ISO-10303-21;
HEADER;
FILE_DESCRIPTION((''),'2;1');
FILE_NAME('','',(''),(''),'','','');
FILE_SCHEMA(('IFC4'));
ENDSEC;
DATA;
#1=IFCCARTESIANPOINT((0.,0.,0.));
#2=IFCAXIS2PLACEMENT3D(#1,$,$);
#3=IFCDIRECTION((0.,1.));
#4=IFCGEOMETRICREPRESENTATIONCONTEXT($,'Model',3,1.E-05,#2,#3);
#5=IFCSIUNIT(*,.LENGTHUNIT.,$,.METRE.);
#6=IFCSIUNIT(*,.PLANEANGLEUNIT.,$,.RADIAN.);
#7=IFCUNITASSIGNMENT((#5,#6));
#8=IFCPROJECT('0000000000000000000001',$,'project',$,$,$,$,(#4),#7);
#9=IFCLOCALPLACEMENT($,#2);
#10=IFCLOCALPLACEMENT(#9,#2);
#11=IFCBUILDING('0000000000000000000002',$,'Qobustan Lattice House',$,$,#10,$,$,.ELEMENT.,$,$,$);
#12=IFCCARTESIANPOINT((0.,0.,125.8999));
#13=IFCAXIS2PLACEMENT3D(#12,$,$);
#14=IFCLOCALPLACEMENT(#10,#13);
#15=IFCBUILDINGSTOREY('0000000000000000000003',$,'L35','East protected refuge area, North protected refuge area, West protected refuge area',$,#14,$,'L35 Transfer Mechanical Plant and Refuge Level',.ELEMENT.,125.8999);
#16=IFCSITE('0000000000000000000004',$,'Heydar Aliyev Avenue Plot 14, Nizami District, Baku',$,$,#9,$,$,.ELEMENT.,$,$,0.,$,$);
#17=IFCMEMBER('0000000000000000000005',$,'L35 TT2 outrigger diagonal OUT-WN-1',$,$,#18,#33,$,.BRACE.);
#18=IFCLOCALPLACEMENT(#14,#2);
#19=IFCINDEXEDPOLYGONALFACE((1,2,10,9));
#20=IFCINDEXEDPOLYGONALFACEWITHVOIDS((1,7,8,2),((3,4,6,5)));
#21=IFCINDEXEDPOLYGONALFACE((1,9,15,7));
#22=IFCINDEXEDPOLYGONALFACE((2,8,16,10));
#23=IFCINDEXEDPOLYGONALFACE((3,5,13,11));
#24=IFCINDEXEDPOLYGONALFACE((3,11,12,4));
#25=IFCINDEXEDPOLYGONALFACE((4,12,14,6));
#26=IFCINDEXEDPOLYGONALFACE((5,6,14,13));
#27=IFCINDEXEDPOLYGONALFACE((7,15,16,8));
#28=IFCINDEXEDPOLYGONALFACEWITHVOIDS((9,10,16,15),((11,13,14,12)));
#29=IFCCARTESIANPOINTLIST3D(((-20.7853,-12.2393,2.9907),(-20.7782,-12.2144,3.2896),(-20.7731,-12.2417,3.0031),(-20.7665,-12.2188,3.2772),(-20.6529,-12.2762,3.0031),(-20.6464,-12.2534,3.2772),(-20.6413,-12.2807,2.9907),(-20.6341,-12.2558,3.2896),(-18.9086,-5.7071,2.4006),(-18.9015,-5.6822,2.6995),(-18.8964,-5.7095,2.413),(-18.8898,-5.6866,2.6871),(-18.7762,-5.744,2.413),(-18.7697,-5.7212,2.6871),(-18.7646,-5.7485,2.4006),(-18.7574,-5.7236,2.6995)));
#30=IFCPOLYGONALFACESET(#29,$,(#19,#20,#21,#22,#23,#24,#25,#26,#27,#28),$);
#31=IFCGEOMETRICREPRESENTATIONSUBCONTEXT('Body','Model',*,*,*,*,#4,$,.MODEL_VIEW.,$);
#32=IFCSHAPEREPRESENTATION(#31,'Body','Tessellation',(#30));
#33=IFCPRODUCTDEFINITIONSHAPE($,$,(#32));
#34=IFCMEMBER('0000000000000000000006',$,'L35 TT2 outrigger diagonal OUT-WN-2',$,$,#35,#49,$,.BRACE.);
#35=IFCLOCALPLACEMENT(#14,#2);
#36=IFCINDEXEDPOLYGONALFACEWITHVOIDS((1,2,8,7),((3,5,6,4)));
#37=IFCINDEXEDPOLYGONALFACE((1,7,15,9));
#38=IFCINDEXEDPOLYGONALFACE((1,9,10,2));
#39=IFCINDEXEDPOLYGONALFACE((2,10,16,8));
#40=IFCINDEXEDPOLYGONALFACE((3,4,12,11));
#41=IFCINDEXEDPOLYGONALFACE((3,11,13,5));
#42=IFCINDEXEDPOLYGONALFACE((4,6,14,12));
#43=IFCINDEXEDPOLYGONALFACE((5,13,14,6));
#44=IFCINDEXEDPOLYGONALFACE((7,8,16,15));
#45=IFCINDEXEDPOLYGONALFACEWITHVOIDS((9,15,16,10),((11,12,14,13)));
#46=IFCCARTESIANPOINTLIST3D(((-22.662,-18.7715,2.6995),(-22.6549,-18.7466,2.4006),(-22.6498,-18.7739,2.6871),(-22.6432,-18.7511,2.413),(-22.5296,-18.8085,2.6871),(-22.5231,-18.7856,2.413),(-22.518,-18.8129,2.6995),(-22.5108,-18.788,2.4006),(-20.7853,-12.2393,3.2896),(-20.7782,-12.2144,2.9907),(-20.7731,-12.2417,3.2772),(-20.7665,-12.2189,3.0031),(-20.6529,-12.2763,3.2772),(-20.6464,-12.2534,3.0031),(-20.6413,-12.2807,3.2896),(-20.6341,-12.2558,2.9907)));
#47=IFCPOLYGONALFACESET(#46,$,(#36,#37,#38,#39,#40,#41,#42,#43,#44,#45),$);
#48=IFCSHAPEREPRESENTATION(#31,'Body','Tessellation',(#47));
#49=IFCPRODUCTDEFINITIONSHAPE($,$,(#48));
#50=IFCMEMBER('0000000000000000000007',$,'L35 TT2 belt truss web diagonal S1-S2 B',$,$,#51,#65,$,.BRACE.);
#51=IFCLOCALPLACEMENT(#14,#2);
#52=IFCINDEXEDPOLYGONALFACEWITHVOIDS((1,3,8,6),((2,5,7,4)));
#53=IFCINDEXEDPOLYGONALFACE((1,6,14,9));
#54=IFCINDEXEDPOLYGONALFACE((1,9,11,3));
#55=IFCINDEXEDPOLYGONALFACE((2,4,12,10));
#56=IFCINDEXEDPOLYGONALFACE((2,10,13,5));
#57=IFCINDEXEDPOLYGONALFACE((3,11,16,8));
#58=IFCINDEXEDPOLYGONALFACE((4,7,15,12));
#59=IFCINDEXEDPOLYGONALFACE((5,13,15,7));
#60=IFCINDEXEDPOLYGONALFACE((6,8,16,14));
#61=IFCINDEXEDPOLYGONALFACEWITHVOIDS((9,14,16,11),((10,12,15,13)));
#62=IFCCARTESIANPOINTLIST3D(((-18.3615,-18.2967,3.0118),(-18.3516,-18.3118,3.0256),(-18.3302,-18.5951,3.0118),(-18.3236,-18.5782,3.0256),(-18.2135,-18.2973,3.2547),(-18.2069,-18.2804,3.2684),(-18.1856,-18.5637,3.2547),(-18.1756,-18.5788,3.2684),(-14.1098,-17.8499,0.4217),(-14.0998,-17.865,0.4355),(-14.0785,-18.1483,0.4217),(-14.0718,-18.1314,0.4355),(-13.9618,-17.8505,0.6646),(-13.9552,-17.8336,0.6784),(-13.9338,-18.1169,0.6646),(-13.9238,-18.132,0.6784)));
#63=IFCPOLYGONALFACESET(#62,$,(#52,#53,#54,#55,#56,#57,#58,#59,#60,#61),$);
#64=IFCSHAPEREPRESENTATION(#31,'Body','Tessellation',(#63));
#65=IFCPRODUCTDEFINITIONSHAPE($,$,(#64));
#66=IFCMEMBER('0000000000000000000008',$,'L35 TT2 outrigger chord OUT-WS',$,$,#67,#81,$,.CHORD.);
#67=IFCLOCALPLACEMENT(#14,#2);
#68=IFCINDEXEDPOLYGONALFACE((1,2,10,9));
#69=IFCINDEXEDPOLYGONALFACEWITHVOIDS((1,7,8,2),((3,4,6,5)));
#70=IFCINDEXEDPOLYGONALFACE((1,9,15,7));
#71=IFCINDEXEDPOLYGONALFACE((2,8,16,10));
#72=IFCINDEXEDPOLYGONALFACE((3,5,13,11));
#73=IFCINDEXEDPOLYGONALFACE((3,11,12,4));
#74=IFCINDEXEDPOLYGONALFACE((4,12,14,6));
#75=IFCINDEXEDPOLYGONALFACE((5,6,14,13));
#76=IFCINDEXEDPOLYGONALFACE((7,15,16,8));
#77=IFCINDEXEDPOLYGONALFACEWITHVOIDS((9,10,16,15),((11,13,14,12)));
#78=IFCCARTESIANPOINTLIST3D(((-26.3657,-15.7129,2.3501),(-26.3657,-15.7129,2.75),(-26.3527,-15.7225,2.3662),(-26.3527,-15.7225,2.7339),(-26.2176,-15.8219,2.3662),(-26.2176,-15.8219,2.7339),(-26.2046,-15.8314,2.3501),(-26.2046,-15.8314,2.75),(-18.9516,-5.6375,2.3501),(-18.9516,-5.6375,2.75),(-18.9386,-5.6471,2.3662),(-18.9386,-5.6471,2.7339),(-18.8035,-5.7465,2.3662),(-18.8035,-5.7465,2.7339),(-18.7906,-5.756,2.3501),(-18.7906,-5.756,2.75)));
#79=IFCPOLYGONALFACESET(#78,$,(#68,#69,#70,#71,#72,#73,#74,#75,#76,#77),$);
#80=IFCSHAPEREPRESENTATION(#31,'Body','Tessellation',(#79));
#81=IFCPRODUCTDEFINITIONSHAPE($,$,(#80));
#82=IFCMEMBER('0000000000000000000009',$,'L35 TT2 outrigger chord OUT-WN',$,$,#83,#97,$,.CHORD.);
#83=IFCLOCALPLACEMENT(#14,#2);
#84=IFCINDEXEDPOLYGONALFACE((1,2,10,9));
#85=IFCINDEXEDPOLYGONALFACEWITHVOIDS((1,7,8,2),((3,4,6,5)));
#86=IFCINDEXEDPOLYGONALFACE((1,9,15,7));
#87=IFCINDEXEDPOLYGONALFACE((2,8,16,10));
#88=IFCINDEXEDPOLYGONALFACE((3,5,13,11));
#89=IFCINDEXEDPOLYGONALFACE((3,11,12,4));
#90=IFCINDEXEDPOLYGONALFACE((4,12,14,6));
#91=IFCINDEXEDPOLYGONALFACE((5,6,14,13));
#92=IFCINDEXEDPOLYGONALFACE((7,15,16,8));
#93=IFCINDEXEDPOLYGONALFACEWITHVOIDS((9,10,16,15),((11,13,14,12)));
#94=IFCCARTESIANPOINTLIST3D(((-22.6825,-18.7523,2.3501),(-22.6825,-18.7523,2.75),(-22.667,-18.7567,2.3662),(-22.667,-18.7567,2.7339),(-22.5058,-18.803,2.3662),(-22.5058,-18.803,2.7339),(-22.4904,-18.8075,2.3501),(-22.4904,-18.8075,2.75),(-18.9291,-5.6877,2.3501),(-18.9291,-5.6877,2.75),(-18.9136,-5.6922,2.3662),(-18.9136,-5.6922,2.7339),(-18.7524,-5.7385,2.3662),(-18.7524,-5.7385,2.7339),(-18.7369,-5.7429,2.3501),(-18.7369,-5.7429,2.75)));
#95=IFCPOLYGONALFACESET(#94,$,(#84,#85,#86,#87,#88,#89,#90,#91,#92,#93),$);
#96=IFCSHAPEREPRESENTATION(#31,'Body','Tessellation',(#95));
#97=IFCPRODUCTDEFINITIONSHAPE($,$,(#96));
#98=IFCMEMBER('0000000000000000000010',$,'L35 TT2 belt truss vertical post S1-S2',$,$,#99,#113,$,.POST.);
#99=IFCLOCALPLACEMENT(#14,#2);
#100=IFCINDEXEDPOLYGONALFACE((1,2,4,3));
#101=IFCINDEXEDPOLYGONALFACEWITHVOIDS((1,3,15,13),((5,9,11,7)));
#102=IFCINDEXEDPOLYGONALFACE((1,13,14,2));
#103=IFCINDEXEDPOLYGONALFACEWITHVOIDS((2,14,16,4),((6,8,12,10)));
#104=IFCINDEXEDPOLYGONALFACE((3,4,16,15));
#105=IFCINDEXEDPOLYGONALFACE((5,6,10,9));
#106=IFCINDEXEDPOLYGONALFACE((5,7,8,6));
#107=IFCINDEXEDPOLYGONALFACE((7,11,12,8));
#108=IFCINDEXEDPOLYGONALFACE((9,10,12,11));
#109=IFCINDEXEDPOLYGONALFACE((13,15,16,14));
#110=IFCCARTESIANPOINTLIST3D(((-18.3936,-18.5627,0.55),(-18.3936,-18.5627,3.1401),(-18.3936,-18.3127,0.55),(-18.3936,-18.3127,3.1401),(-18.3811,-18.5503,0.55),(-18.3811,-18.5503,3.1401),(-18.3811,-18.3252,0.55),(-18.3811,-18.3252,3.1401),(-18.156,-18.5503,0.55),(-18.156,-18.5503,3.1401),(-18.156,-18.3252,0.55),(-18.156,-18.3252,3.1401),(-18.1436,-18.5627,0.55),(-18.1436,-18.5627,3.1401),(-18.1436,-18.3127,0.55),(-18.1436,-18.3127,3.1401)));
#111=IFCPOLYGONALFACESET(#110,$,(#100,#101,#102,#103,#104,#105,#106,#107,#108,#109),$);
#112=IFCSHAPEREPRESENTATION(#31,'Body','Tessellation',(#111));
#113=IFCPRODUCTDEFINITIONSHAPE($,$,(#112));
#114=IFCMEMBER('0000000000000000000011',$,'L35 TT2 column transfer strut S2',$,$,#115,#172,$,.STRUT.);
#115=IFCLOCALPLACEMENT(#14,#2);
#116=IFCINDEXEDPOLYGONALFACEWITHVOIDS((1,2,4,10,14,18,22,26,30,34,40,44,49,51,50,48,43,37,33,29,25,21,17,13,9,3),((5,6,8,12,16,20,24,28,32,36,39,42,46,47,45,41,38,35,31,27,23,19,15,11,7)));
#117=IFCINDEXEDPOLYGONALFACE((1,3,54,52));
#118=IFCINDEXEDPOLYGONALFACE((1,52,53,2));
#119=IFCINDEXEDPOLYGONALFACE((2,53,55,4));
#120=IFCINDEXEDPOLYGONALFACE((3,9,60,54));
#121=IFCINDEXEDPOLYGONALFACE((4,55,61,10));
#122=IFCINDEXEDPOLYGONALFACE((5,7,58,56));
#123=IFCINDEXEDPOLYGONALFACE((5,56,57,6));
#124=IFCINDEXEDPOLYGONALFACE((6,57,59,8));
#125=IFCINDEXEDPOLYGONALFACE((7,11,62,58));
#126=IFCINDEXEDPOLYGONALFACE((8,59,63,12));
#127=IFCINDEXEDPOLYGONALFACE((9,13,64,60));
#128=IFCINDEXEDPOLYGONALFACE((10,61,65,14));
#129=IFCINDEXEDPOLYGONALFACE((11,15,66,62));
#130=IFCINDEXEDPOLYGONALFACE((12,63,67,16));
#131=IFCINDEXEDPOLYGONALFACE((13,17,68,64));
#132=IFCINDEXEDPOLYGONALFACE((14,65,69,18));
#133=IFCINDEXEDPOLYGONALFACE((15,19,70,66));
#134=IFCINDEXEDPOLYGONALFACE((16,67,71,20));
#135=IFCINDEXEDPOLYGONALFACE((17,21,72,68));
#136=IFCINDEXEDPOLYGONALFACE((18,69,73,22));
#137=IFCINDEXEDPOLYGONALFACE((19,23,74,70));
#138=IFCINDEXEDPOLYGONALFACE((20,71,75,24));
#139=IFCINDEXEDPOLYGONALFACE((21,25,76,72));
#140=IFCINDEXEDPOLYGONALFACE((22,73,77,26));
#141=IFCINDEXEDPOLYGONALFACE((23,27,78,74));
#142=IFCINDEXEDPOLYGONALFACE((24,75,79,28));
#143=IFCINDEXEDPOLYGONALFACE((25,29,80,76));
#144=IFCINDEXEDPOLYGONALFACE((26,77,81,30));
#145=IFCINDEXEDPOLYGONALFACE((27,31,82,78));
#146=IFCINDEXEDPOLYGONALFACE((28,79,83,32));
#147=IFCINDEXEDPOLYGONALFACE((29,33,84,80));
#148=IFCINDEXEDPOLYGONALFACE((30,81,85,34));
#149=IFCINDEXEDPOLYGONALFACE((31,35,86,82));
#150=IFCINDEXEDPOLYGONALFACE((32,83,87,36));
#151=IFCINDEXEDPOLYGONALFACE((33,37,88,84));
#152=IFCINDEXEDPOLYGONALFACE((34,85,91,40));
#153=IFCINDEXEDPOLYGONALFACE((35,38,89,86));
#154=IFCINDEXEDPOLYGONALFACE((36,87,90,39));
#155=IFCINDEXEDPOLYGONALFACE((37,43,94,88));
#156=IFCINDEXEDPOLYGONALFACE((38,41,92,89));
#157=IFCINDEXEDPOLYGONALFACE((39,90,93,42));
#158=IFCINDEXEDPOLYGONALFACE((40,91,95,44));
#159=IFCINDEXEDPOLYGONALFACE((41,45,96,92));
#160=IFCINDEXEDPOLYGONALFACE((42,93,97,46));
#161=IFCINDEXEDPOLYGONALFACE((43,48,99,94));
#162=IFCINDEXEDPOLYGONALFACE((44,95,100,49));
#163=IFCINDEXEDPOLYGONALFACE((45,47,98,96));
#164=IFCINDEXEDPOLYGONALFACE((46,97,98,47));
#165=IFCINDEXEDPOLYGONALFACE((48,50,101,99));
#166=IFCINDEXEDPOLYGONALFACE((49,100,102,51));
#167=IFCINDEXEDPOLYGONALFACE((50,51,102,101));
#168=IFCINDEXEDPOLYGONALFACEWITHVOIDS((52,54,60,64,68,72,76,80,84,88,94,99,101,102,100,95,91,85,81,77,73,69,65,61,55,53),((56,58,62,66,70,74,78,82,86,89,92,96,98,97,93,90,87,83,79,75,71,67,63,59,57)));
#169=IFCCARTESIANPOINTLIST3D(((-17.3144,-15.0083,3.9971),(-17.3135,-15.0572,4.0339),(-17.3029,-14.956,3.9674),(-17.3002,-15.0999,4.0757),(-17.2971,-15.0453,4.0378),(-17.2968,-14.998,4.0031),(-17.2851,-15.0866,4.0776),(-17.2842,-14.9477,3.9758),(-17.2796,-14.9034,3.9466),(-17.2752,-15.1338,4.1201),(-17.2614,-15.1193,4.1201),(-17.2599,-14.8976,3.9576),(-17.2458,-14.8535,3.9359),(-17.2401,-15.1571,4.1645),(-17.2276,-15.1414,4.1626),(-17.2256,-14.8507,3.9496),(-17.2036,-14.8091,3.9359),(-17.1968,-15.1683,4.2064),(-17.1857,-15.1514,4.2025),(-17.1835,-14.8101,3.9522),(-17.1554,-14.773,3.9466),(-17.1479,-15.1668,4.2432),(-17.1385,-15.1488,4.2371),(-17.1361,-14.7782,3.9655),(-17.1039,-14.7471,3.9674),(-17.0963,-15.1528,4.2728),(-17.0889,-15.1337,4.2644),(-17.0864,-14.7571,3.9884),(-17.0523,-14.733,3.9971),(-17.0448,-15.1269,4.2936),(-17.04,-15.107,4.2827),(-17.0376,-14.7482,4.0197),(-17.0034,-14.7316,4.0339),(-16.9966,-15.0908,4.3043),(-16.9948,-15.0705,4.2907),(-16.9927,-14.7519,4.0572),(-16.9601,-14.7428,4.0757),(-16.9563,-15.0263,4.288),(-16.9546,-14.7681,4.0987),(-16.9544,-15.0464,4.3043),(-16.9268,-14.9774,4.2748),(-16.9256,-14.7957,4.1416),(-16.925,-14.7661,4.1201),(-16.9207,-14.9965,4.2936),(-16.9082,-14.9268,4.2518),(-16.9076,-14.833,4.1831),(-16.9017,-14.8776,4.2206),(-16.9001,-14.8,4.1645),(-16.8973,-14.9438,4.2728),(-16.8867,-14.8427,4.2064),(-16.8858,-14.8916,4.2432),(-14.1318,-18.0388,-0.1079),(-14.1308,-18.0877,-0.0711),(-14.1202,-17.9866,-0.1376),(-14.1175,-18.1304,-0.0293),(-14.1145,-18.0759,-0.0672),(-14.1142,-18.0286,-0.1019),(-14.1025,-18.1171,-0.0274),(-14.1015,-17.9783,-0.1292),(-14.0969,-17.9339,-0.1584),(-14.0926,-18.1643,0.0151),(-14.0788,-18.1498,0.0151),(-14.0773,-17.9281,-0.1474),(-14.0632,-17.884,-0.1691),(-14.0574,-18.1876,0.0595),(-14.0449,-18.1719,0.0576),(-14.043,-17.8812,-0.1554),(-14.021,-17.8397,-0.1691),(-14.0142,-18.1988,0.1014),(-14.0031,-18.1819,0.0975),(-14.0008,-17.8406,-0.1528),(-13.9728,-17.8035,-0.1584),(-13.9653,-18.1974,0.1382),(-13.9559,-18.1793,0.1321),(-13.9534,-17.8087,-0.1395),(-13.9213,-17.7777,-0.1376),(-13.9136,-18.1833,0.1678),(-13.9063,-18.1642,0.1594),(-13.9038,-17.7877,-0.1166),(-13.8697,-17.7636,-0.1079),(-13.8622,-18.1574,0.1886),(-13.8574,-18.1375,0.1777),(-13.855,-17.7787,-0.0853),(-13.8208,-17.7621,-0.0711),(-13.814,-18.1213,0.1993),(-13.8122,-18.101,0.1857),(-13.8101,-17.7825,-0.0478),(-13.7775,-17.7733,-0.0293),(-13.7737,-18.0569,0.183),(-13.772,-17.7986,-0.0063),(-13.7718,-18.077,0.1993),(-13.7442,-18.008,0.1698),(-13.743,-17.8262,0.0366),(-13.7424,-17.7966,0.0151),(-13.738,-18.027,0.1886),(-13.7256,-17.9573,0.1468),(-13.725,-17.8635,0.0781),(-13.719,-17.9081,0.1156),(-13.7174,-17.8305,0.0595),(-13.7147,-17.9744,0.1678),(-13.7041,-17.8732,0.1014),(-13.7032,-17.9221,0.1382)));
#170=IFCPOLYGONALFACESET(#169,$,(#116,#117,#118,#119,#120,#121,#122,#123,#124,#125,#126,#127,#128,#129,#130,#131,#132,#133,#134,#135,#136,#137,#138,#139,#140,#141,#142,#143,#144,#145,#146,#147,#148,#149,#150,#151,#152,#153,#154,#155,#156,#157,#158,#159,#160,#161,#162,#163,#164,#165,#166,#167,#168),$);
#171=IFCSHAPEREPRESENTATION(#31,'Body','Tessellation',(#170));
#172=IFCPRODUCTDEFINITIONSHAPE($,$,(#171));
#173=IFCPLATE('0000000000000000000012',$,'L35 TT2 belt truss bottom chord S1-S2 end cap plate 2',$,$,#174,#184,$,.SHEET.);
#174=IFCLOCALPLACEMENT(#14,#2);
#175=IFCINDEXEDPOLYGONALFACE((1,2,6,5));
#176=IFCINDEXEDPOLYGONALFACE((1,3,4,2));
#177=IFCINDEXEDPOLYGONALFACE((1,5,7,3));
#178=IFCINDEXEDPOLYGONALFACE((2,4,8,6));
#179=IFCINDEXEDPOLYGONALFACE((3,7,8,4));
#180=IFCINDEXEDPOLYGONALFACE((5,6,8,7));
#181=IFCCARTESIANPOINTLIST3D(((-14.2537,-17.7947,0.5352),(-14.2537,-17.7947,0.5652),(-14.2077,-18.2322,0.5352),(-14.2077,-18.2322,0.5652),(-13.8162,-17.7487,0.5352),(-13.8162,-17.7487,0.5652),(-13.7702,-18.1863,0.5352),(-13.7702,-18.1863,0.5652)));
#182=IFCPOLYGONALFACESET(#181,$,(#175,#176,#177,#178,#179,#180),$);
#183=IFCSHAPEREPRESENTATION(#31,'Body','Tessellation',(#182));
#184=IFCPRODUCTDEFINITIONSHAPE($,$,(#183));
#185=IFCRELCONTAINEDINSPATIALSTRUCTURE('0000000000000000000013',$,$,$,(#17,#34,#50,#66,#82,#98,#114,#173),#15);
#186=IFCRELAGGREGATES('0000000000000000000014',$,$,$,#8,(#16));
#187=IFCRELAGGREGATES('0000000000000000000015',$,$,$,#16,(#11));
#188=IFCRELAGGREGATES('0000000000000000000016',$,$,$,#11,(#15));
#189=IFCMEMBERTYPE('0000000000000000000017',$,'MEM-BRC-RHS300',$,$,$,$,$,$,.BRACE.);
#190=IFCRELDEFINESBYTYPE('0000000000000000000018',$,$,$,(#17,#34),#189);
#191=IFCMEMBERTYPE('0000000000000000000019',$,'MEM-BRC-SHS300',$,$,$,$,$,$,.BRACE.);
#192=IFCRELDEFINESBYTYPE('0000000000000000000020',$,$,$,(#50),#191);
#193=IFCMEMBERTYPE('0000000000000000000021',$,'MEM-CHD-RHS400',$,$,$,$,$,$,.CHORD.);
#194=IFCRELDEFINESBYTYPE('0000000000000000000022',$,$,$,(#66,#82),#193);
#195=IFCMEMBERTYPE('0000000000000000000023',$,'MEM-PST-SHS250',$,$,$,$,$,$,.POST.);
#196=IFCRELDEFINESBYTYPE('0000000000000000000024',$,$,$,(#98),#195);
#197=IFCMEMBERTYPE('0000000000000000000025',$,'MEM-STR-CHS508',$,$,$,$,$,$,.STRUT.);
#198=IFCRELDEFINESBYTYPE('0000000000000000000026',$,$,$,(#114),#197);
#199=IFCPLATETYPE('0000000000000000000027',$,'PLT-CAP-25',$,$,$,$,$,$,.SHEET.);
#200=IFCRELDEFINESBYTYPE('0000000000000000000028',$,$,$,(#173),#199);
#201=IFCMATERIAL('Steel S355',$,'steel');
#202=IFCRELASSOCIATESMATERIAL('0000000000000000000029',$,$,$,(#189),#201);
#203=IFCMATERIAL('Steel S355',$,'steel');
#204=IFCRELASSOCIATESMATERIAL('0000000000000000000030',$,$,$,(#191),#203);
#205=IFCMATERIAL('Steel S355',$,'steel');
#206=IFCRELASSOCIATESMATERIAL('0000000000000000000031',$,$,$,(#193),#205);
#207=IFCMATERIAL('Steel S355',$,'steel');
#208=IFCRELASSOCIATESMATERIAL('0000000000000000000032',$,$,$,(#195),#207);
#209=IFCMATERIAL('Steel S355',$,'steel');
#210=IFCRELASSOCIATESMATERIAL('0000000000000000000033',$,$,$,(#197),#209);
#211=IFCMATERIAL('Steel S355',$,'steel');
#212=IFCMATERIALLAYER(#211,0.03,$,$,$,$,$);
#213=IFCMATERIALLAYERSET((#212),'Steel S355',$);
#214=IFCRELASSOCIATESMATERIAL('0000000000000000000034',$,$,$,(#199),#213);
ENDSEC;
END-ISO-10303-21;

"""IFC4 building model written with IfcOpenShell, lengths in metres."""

from ifc_helpers import new_model, si_unit, direction, frame, origin, origin_2d, place, context, subcontext, project, spatial, rectangle, hollow_rectangle, hollow_circle, extrude, material, layer, layer_set, material_profile, profile_set, type_object, element, save


model = new_model("IFC4")

# Units and contexts
model_context = context("Model", 3, precision=1e-05, world=origin(), true_north=direction((0.0, 1.0)))
body_context = subcontext(model_context, "Body", "Model", "MODEL_VIEW")
ifc_project = project(units=[si_unit("LENGTHUNIT", "METRE"), si_unit("PLANEANGLEUNIT", "RADIAN")], contexts=[model_context])

# Site, building, storey
site_placement = place(None, origin())
site = spatial("IfcSite", under=ifc_project, at=site_placement, Name="Heydar Aliyev Avenue Plot 14, Nizami District, Baku", CompositionType="ELEMENT", RefElevation=0.0)
building_placement = place(site_placement, origin())
building = spatial("IfcBuilding", under=site, at=building_placement, Name="Qobustan Lattice House", CompositionType="ELEMENT")
storey_placement = place(building_placement, frame((0.0, 0.0, 125.8999)))
storey = spatial("IfcBuildingStorey", under=building, at=storey_placement, Name="L35", Description="East protected refuge area, North protected refuge area, West protected refuge area", LongName="L35 Transfer Mechanical Plant and Refuge Level", CompositionType="ELEMENT", Elevation=125.8999)

# Members
ifc_material_1 = material(Name="Steel S355", Category="steel")
ifc_material_profile_1 = material_profile(ifc_material_1, hollow_rectangle(XDim=0.1499, YDim=0.3, WallThickness=0.0125, at=origin_2d()), Name="RHS300x150x12.5")
ifc_profile_set_1 = profile_set([ifc_material_profile_1], Name="Steel S355")
member_type_1 = type_object("IfcMemberType", Name="MEM-BRC-RHS300", PredefinedType="BRACE", material=ifc_profile_set_1)
for number, where, z_axis, x_axis, name in (
    (1, (-18.833, -5.7153, 2.55), (-0.275095, -0.957518, 0.086497), (0.96112, -0.27613, 0.0), "L35 TT2 outrigger diagonal OUT-WN-1"),
    (2, (-20.7097, -12.2476, 3.1401), (-0.275095, -0.957518, -0.086497), (0.96112, -0.27613, 0.0), "L35 TT2 outrigger diagonal OUT-WN-2"),
):
    element("IfcMember", number, at=place(storey_placement, frame(where, z_axis=z_axis, x_axis=x_axis)), inside=storey, type_object=member_type_1, Name=name, PredefinedType="BRACE", context=body_context, shape_type="SweptSolid", body=[
        extrude(hollow_rectangle(XDim=0.1499, YDim=0.3, WallThickness=0.0125, at=origin_2d()), origin(), (0.0, 0.0, 1.0), 6.822),
    ])
ifc_material_2 = material(Name="Steel S355", Category="steel")
ifc_material_profile_2 = material_profile(ifc_material_2, hollow_rectangle(XDim=0.3, YDim=0.3, WallThickness=0.0161, at=origin_2d()), Name="SHS300x300x16")
ifc_profile_set_2 = profile_set([ifc_material_profile_2], Name="Steel S355")
member_type_2 = type_object("IfcMemberType", Name="MEM-BRC-SHS300", PredefinedType="BRACE", material=ifc_profile_set_2)
member_1_placement = place(storey_placement, frame((-18.2686, -18.4377, 3.1401), z_axis=(0.850594, 0.089382, -0.518171), x_axis=(-0.104506, 0.994524, 0.0)))
element("IfcMember", 3, at=member_1_placement, inside=storey, type_object=member_type_2, Name="L35 TT2 belt truss web diagonal S1-S2 B", PredefinedType="BRACE", context=body_context, shape_type="SweptSolid", body=[
    extrude(hollow_rectangle(XDim=0.3, YDim=0.3, WallThickness=0.0161, at=origin_2d()), origin(), (0.0, 0.0, 1.0), 4.9985),
])
ifc_material_3 = material(Name="Steel S355", Category="steel")
ifc_material_profile_3 = material_profile(ifc_material_3, hollow_rectangle(XDim=0.2, YDim=0.3999, WallThickness=0.0161, at=origin_2d()), Name="RHS400x200x16")
ifc_profile_set_3 = profile_set([ifc_material_profile_3], Name="Steel S355")
member_type_3 = type_object("IfcMemberType", Name="MEM-CHD-RHS400", PredefinedType="CHORD", material=ifc_profile_set_3)
member_2_placement = place(storey_placement, frame((-18.8711, -5.6968, 2.55), z_axis=(-0.592684, -0.805435, 0.0), x_axis=(0.805435, -0.592684, 0.0)))
element("IfcMember", 4, at=member_2_placement, inside=storey, type_object=member_type_3, Name="L35 TT2 outrigger chord OUT-WS", PredefinedType="CHORD", context=body_context, shape_type="SweptSolid", body=[
    extrude(hollow_rectangle(XDim=0.2, YDim=0.3999, WallThickness=0.0161, at=origin_2d()), origin(), (0.0, 0.0, 1.0), 12.5093),
])
member_3_placement = place(storey_placement, frame((-18.833, -5.7153, 2.55), z_axis=(-0.27613, -0.96112, 0.0), x_axis=(0.96112, -0.27613, 0.0)))
element("IfcMember", 5, at=member_3_placement, inside=storey, type_object=member_type_3, Name="L35 TT2 outrigger chord OUT-WN", PredefinedType="CHORD", context=body_context, shape_type="SweptSolid", body=[
    extrude(hollow_rectangle(XDim=0.2, YDim=0.3999, WallThickness=0.0161, at=origin_2d()), origin(), (0.0, 0.0, 1.0), 13.593),
])
ifc_material_4 = material(Name="Steel S355", Category="steel")
ifc_material_profile_4 = material_profile(ifc_material_4, hollow_rectangle(XDim=0.25, YDim=0.25, WallThickness=0.0125, at=origin_2d()), Name="SHS250x250x12.5")
ifc_profile_set_4 = profile_set([ifc_material_profile_4], Name="Steel S355")
member_type_4 = type_object("IfcMemberType", Name="MEM-PST-SHS250", PredefinedType="POST", material=ifc_profile_set_4)
member_4_placement = place(storey_placement, frame((-18.2686, -18.4377, 0.55), z_axis=(0.0, 0.0, 1.0), x_axis=(1.0, 0.0, 0.0)))
element("IfcMember", 6, at=member_4_placement, inside=storey, type_object=member_type_4, Name="L35 TT2 belt truss vertical post S1-S2", PredefinedType="POST", context=body_context, shape_type="SweptSolid", body=[
    extrude(hollow_rectangle(XDim=0.25, YDim=0.25, WallThickness=0.0125, at=origin_2d()), origin(), (0.0, 0.0, 1.0), 2.5901),
])
ifc_material_5 = material(Name="Steel S355", Category="steel")
ifc_material_profile_5 = material_profile(ifc_material_5, hollow_circle(Radius=0.2539, WallThickness=0.02, at=origin_2d()), Name="CHS508x20")
ifc_profile_set_5 = profile_set([ifc_material_profile_5], Name="Steel S355")
member_type_5 = type_object("IfcMemberType", Name="MEM-STR-CHS508", PredefinedType="STRUT", material=ifc_profile_set_5)
member_5_placement = place(storey_placement, frame((-13.9175, -17.9805, 0.0151), z_axis=(-0.529232, 0.50394, 0.682611), x_axis=(-0.68959, -0.7242, 0.0)))
element("IfcMember", 7, at=member_5_placement, inside=storey, type_object=member_type_5, Name="L35 TT2 column transfer strut S2", PredefinedType="STRUT", context=body_context, shape_type="SweptSolid", body=[
    extrude(hollow_circle(Radius=0.2539, WallThickness=0.02, at=origin_2d()), origin(), (0.0, 0.0, 1.0), 6.0137),
])

# Plate
ifc_material_6 = material(Name="Steel S355", Category="steel")
ifc_layer_1 = layer(ifc_material_6, 0.03)
ifc_layer_set_1 = layer_set([ifc_layer_1], Name="Steel S355")
plate_type = type_object("IfcPlateType", Name="PLT-CAP-25", PredefinedType="SHEET", material=ifc_layer_set_1)
plate_1_placement = place(storey_placement, frame((-14.012, -17.9905, 0.5352), z_axis=(0.0, 0.0, 1.0), x_axis=(0.994524, 0.104511, 0.0)))
element("IfcPlate", 8, at=plate_1_placement, inside=storey, type_object=plate_type, Name="L35 TT2 belt truss bottom chord S1-S2 end cap plate 2", PredefinedType="SHEET", context=body_context, shape_type="SweptSolid", body=[
    extrude(rectangle(XDim=0.4399, YDim=0.4399, at=origin_2d()), origin(), (0.0, 0.0, 1.0), 0.03),
])

save(model, "model.ifc")
